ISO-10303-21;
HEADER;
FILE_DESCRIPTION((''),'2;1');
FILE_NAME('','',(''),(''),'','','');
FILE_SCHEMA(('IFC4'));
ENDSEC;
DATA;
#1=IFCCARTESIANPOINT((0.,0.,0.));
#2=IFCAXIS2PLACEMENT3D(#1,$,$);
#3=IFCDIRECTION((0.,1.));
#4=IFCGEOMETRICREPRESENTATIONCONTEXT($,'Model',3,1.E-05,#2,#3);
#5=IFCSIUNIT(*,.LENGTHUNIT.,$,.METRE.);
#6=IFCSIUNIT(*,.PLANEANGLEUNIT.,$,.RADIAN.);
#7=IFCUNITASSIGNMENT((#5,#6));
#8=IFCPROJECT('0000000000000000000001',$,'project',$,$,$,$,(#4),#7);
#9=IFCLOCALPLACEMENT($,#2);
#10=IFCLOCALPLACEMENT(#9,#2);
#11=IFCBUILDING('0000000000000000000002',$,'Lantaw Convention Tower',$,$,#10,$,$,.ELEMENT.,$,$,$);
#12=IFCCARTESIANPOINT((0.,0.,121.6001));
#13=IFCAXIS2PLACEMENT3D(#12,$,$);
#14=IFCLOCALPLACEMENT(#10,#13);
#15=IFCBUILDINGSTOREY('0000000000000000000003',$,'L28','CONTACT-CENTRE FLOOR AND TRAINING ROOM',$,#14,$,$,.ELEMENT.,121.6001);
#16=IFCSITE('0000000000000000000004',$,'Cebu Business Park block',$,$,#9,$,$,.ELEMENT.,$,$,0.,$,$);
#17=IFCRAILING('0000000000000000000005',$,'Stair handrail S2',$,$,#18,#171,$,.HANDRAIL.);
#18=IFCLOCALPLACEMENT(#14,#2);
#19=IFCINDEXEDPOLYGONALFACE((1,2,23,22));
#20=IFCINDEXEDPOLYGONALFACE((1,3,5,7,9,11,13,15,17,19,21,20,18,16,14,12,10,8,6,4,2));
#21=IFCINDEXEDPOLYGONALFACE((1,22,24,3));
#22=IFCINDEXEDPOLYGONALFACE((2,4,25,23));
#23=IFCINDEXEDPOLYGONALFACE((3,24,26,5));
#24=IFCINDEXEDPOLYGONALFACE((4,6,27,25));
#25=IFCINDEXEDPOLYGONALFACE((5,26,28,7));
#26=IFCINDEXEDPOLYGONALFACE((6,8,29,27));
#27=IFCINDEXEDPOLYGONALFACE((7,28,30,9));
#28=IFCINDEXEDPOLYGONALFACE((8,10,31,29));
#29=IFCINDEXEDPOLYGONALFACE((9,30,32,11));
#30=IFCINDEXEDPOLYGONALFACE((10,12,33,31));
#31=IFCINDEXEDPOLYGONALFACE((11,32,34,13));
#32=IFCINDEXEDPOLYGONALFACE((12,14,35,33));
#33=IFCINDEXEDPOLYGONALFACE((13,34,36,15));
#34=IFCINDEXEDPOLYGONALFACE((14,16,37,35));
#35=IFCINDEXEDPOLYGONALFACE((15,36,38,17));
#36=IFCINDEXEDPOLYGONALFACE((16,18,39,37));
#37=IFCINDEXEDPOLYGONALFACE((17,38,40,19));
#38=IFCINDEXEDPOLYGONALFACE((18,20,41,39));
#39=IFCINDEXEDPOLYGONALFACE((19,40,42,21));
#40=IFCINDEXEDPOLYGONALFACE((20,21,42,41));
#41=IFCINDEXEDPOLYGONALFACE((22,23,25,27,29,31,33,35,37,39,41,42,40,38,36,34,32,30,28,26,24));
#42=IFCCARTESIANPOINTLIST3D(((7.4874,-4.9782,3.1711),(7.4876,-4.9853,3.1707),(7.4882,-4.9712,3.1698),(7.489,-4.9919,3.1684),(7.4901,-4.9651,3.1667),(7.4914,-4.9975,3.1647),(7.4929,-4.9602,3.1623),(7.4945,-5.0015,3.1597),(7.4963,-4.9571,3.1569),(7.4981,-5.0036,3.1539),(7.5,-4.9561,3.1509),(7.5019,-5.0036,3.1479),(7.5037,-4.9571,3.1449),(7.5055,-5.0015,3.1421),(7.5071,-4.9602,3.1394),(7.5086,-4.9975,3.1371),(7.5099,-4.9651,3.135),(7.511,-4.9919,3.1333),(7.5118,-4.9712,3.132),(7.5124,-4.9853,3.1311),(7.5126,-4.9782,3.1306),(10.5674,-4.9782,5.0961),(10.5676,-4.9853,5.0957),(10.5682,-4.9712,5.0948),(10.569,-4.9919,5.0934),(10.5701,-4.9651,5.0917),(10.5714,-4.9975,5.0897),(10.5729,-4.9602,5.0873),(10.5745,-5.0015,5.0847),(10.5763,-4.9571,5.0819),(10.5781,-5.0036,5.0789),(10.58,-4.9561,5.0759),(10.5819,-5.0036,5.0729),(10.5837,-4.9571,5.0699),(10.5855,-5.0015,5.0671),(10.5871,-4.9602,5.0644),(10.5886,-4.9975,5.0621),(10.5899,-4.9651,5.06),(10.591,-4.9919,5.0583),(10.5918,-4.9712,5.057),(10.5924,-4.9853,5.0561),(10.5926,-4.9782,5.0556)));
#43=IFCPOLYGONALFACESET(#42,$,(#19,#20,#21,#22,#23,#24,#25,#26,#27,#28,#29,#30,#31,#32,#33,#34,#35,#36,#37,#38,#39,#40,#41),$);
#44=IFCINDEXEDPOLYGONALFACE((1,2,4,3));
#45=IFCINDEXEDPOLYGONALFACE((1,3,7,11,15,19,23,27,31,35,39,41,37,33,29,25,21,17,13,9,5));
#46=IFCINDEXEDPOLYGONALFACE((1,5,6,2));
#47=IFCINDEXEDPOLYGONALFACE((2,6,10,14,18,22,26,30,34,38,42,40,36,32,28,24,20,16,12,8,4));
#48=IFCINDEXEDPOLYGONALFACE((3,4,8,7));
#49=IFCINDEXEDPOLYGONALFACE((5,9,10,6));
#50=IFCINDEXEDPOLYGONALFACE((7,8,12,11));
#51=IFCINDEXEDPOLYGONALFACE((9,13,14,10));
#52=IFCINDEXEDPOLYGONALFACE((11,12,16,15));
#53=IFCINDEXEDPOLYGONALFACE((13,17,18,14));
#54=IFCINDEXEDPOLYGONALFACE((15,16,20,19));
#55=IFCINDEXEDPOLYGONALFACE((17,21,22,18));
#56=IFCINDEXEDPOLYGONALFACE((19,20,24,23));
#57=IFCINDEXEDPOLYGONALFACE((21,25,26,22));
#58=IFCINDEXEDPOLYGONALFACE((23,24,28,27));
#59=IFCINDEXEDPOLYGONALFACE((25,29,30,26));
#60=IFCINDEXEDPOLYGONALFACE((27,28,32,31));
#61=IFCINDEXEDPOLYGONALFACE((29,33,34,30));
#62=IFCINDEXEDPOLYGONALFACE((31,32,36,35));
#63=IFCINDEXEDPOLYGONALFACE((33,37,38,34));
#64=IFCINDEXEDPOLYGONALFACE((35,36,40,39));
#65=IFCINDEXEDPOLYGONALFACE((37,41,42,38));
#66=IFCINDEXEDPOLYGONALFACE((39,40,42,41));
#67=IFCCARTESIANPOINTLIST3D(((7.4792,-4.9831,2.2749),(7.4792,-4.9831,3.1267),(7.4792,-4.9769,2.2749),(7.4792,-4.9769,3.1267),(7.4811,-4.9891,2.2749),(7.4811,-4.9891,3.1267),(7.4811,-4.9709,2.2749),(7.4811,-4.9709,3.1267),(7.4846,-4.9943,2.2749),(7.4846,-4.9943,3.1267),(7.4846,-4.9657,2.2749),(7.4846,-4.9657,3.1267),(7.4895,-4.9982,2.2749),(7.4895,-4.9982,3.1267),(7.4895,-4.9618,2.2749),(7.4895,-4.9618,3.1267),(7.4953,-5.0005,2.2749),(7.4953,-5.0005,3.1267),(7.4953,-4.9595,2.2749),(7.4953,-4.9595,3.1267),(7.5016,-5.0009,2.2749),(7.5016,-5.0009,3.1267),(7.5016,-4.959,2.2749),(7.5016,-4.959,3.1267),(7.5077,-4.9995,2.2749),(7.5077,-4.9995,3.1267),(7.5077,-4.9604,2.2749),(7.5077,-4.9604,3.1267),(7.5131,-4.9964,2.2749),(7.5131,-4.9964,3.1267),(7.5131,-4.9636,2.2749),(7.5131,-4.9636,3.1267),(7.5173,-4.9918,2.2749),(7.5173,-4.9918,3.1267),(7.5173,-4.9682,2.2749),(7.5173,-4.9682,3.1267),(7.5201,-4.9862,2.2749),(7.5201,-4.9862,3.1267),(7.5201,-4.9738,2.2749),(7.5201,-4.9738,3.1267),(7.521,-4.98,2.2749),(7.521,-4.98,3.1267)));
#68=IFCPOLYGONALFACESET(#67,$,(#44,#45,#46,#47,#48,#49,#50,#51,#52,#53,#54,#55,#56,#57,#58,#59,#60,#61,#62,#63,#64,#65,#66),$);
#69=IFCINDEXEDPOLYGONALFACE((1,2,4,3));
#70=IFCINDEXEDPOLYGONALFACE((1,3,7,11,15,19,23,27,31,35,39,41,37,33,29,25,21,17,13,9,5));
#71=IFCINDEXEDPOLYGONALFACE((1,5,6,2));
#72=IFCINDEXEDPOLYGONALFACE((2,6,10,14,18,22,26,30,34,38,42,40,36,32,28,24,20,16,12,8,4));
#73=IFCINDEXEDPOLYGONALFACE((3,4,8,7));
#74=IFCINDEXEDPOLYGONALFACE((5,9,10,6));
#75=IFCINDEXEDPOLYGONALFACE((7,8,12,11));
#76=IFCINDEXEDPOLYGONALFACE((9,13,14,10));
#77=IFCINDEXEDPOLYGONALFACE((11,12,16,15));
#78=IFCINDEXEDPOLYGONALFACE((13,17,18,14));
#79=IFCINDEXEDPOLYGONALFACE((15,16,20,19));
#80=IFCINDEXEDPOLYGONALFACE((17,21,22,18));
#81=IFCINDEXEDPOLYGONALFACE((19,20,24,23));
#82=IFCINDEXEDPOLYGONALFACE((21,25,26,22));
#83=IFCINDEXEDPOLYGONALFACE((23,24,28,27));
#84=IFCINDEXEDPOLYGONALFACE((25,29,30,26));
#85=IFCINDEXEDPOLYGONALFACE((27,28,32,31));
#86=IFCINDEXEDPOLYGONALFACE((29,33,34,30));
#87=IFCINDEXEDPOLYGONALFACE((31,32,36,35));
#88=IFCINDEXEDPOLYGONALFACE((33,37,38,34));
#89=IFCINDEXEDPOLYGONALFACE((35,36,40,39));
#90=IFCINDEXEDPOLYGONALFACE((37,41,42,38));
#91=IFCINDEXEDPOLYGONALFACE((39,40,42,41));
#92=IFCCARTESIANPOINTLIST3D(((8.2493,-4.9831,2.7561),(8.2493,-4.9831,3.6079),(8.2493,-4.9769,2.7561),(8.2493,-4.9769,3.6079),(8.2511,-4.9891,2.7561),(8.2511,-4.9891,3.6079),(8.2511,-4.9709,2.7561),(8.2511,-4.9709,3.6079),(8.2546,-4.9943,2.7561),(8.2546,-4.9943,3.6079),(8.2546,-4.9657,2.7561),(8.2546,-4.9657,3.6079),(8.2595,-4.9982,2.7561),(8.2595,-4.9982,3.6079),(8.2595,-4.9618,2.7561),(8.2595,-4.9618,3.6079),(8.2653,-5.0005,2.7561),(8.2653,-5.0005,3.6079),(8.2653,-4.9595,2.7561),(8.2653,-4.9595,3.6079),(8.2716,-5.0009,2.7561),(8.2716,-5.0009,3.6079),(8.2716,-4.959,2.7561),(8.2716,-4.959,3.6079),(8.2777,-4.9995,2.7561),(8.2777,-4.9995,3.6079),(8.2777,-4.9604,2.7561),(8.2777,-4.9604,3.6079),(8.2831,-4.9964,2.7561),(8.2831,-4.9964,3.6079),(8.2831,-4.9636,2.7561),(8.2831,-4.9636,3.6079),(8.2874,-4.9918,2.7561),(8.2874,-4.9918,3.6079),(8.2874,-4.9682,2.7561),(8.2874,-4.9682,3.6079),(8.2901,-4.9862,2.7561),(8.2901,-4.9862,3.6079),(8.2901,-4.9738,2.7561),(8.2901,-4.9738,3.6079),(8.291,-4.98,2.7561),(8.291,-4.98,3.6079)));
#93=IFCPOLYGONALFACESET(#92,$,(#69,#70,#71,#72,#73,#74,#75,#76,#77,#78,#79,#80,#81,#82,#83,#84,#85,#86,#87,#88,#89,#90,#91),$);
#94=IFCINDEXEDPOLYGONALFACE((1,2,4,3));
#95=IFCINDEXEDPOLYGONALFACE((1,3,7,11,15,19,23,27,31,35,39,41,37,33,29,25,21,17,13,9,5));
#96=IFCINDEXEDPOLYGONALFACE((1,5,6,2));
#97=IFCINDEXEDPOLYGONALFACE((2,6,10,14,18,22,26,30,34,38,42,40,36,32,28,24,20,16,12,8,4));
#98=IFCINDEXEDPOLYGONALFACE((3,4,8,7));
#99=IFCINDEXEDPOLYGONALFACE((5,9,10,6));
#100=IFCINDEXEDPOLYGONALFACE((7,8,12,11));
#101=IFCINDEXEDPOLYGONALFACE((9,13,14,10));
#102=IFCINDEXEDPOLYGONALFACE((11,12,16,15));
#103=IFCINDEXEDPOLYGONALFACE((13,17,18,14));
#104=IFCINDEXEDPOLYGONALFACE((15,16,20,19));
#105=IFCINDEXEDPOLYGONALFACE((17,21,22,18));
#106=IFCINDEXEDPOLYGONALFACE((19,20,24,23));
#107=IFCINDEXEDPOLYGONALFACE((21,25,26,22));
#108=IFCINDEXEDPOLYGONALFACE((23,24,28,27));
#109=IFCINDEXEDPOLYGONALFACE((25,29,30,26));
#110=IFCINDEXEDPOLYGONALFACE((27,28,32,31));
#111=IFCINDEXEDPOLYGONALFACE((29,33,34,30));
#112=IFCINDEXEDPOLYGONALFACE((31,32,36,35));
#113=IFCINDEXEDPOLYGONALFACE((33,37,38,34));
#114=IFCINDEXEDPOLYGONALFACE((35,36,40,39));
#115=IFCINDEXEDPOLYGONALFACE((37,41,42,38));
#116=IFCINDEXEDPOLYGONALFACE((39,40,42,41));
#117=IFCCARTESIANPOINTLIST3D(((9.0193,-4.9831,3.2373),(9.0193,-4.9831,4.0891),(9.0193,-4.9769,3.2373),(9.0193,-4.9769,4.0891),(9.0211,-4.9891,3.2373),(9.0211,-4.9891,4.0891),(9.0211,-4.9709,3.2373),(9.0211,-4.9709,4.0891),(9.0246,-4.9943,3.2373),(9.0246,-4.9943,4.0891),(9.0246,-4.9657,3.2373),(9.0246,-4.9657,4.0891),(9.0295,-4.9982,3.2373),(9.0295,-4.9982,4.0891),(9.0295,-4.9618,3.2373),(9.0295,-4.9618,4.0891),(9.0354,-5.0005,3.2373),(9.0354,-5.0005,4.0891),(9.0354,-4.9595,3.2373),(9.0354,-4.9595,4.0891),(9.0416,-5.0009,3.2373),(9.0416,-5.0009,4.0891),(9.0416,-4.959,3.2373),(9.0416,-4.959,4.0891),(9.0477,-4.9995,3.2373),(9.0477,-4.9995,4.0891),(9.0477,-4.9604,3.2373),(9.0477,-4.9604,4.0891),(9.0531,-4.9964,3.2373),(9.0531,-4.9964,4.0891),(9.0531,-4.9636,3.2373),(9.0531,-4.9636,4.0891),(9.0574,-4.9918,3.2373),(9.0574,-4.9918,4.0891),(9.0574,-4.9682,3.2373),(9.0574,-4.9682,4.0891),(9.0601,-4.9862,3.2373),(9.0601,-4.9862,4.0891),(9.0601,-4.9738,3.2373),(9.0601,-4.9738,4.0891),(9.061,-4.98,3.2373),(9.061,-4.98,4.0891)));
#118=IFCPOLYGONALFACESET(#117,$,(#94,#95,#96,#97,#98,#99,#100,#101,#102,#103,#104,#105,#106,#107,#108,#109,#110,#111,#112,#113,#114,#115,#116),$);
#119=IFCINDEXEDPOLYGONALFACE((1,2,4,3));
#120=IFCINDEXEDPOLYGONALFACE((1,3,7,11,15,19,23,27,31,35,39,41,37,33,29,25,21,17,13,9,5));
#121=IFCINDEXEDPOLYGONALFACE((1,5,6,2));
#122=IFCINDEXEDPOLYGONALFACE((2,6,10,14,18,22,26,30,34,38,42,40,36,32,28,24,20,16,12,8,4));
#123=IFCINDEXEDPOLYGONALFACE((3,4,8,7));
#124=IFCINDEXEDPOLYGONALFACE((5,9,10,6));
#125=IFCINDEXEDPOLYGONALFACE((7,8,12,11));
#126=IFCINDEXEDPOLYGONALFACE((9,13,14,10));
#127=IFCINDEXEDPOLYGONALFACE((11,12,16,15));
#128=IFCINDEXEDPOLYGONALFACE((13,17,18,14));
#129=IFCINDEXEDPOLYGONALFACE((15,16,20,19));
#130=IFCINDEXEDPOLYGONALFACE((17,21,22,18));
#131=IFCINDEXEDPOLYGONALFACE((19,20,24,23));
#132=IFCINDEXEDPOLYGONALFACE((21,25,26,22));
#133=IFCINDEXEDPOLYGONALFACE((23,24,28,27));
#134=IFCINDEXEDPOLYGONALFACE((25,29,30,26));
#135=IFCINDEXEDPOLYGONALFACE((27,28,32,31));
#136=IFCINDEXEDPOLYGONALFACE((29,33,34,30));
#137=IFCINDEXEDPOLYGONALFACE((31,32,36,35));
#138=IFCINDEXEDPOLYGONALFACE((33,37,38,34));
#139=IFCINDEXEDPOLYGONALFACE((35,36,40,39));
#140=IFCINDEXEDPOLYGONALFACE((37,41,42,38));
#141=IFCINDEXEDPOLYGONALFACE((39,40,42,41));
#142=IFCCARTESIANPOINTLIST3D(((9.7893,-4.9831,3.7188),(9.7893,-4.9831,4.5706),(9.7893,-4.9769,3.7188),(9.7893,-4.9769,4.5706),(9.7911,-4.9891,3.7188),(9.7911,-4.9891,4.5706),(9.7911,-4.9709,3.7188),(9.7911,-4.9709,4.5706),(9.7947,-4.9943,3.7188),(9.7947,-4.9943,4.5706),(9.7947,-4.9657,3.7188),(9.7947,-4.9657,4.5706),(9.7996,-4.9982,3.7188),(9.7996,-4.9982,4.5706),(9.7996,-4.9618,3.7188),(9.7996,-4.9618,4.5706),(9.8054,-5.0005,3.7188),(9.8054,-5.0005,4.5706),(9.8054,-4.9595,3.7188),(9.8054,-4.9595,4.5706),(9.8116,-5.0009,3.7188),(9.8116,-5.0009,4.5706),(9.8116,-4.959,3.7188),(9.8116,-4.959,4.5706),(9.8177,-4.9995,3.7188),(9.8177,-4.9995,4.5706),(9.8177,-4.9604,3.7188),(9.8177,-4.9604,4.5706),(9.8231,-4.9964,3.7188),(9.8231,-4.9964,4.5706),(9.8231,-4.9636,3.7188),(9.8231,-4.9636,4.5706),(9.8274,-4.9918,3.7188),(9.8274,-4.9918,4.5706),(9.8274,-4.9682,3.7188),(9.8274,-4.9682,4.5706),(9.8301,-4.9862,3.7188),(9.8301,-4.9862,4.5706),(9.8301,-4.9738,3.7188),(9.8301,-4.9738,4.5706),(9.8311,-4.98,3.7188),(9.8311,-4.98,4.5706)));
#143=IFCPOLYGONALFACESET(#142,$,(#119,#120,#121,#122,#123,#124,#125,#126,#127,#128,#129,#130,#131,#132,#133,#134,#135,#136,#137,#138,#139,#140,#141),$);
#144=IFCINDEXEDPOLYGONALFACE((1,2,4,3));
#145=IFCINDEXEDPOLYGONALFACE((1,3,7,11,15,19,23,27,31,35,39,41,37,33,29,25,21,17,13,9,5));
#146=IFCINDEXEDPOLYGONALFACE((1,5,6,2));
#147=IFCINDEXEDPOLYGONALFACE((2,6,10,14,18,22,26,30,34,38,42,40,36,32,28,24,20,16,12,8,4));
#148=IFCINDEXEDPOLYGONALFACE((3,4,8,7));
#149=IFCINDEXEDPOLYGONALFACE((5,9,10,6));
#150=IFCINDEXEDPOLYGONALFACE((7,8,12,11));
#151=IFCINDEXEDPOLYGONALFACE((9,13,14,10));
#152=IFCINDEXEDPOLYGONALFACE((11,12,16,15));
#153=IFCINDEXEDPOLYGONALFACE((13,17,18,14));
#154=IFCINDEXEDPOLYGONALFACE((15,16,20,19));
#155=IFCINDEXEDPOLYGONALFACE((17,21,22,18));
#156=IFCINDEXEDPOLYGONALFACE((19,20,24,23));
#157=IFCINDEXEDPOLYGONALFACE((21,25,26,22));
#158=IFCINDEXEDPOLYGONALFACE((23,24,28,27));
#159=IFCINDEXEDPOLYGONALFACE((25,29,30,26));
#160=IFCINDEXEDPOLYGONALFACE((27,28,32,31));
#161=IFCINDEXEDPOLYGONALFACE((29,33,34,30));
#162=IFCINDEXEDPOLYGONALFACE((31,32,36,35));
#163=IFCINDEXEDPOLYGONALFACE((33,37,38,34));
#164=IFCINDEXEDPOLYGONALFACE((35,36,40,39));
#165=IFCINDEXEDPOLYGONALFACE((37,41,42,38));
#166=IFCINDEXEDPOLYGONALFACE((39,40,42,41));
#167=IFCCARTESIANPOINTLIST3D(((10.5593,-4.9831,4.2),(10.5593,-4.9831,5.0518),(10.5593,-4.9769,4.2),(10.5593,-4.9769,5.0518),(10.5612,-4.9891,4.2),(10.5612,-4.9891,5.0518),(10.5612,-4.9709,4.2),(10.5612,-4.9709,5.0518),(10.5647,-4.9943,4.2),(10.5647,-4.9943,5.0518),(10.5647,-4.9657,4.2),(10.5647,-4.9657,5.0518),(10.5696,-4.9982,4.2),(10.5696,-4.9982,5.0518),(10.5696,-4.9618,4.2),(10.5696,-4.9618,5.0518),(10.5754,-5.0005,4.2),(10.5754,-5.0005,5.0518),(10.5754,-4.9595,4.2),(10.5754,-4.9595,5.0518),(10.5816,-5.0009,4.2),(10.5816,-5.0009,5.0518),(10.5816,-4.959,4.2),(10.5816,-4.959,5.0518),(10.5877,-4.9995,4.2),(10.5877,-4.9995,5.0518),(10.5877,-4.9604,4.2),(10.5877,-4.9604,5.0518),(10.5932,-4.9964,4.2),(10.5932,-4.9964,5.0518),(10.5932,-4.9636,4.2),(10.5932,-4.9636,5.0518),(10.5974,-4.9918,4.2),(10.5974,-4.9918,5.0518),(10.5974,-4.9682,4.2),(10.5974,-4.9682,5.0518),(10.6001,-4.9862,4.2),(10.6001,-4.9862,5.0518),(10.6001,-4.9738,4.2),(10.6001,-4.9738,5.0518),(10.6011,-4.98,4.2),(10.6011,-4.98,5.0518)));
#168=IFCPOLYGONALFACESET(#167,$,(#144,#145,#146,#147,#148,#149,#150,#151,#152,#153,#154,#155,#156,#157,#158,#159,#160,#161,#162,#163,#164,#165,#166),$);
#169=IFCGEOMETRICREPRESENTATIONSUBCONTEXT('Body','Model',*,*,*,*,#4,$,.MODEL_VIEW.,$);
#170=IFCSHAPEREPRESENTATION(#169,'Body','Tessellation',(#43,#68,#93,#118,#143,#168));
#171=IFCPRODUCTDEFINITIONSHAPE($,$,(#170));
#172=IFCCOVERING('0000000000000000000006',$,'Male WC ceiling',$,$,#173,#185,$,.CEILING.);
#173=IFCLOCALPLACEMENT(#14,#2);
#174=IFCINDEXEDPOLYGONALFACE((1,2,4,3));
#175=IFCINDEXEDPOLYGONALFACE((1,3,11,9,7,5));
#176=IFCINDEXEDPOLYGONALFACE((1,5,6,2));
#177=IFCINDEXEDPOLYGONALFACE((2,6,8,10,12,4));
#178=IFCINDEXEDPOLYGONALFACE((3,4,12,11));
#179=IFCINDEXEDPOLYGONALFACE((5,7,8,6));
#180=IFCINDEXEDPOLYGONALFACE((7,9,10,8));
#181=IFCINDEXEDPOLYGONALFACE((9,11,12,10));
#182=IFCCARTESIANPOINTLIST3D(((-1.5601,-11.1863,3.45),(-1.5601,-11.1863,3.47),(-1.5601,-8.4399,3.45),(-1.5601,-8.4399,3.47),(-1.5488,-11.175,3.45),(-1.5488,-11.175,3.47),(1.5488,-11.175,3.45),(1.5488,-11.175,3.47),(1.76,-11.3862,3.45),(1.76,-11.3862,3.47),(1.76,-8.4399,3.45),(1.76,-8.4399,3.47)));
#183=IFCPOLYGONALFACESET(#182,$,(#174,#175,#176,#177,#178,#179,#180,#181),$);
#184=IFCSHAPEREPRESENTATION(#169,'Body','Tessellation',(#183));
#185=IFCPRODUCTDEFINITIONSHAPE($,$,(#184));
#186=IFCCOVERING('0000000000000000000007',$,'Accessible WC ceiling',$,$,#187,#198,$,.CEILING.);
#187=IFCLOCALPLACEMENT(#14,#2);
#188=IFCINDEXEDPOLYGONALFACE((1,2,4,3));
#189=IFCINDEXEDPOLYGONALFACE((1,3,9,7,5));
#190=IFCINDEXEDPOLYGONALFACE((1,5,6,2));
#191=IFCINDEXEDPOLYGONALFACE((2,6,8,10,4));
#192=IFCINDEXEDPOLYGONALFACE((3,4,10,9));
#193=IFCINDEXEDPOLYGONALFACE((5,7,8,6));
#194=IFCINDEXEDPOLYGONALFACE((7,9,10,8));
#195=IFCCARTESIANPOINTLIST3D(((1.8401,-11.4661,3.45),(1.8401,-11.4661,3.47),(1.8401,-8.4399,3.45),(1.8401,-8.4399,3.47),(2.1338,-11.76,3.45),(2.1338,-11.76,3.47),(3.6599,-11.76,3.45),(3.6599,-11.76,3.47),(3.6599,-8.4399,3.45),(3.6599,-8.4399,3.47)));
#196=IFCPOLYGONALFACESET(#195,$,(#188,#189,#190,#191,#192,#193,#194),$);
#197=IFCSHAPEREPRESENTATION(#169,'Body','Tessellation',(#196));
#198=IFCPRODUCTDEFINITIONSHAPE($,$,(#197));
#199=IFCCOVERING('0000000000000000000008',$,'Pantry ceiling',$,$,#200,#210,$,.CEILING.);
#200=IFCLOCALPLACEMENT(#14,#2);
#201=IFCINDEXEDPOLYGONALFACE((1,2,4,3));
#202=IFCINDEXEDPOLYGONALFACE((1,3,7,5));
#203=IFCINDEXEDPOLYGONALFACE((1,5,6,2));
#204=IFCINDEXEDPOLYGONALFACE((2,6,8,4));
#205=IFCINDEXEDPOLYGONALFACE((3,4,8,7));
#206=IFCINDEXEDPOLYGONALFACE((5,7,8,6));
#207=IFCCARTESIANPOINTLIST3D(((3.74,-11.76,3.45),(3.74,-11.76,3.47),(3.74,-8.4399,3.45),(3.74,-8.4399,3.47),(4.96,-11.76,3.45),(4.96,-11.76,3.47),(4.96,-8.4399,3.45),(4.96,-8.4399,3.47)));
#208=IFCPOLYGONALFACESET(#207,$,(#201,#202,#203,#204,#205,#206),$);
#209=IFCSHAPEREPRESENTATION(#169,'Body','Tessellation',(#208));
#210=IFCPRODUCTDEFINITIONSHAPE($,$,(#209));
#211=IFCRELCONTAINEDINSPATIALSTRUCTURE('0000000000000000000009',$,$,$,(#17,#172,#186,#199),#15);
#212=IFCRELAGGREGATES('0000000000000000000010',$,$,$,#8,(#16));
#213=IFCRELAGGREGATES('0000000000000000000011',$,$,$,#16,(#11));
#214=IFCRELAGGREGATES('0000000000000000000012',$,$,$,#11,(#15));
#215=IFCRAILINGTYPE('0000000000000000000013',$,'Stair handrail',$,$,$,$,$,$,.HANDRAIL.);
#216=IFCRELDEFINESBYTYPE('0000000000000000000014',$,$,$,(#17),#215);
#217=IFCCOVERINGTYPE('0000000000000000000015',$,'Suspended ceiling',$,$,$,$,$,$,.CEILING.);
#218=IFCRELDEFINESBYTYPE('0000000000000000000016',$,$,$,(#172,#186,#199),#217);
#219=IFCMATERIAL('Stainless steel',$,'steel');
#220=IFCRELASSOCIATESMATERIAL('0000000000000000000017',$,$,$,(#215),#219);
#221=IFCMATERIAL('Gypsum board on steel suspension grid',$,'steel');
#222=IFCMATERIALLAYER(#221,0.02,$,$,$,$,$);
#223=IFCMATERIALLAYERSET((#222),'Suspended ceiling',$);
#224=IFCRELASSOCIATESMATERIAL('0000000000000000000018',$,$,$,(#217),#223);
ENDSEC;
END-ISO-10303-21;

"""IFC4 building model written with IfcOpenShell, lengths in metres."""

from ifc_helpers import new_model, si_unit, direction, frame, origin, origin_2d, place, context, subcontext, project, spatial, polyline, circle, outline, extrude, material, layer, layer_set, type_object, element, save


model = new_model("IFC4")

# Units and contexts
model_context = context("Model", 3, precision=1e-05, world=origin(), true_north=direction((0.0, 1.0)))
body_context = subcontext(model_context, "Body", "Model", "MODEL_VIEW")
ifc_project = project(units=[si_unit("LENGTHUNIT", "METRE"), si_unit("PLANEANGLEUNIT", "RADIAN")], contexts=[model_context])

# Site, building, storey
site_placement = place(None, origin())
site = spatial("IfcSite", under=ifc_project, at=site_placement, Name="Cebu Business Park block", CompositionType="ELEMENT", RefElevation=0.0)
building_placement = place(site_placement, origin())
building = spatial("IfcBuilding", under=site, at=building_placement, Name="Lantaw Convention Tower", CompositionType="ELEMENT")
storey_placement = place(building_placement, frame((0.0, 0.0, 121.6001)))
storey = spatial("IfcBuildingStorey", under=building, at=storey_placement, Name="L28", Description="CONTACT-CENTRE FLOOR AND TRAINING ROOM", CompositionType="ELEMENT", Elevation=121.6001)

# Railing
ifc_material_1 = material(Name="Stainless steel", Category="steel")
railing_type = type_object("IfcRailingType", Name="Stair handrail", PredefinedType="HANDRAIL", material=ifc_material_1)
railing_1_placement = place(storey_placement, frame((7.5, -4.98, 2.2749)))
element("IfcRailing", 1, at=railing_1_placement, inside=storey, type_object=railing_type, Name="Stair handrail S2", PredefinedType="HANDRAIL", context=body_context, shape_type="SweptSolid", body=[
    extrude(circle(Radius=0.0239, at=origin_2d()), frame((0.0, 0.0, 0.876), z_axis=(0.847998, 0.0, 0.529999), x_axis=(0.0, 1.0, 0.0)), (0.0, 0.0, 1.0), 3.6321),
    extrude(circle(Radius=0.021, at=origin_2d()), origin(), (0.0, 0.0, 1.0), 0.8518),
    extrude(circle(Radius=0.021, at=origin_2d()), frame((0.77, 0.0, 0.4812)), (0.0, 0.0, 1.0), 0.8518),
    extrude(circle(Radius=0.021, at=origin_2d()), frame((1.54, 0.0, 0.9624)), (0.0, 0.0, 1.0), 0.8518),
    extrude(circle(Radius=0.021, at=origin_2d()), frame((2.3101, 0.0, 1.4438)), (0.0, 0.0, 1.0), 0.8518),
    extrude(circle(Radius=0.021, at=origin_2d()), frame((3.0801, 0.0, 1.925)), (0.0, 0.0, 1.0), 0.8518),
])

# Coverings
ifc_material_2 = material(Name="Gypsum board on steel suspension grid", Category="steel")
ifc_layer_1 = layer(ifc_material_2, 0.02)
ifc_layer_set_1 = layer_set([ifc_layer_1], Name="Suspended ceiling")
covering_type = type_object("IfcCoveringType", Name="Suspended ceiling", PredefinedType="CEILING", material=ifc_layer_set_1)
covering_1_placement = place(storey_placement, frame((0.0, 0.0, 3.45)))
element("IfcCovering", 2, at=covering_1_placement, inside=storey, type_object=covering_type, Name="Male WC ceiling", PredefinedType="CEILING", context=body_context, shape_type="SweptSolid", body=[
    extrude(outline(polyline([(-1.5601, -11.1863), (-1.5488, -11.175), (1.5488, -11.175), (1.76, -11.3862), (1.76, -8.4399), (-1.5601, -8.4399), (-1.5601, -11.1863)])), origin(), (0.0, 0.0, 1.0), 0.02),
])
covering_2_placement = place(storey_placement, frame((0.0, 0.0, 3.45)))
element("IfcCovering", 3, at=covering_2_placement, inside=storey, type_object=covering_type, Name="Accessible WC ceiling", PredefinedType="CEILING", context=body_context, shape_type="SweptSolid", body=[
    extrude(outline(polyline([(1.8401, -8.4399), (1.8401, -11.4661), (2.1338, -11.76), (3.6599, -11.76), (3.6599, -8.4399), (1.8401, -8.4399)])), origin(), (0.0, 0.0, 1.0), 0.02),
])
covering_3_placement = place(storey_placement, frame((0.0, 0.0, 3.45)))
element("IfcCovering", 4, at=covering_3_placement, inside=storey, type_object=covering_type, Name="Pantry ceiling", PredefinedType="CEILING", context=body_context, shape_type="SweptSolid", body=[
    extrude(outline(polyline([(3.74, -11.76), (4.96, -11.76), (4.96, -8.4399), (3.74, -8.4399), (3.74, -11.76)])), origin(), (0.0, 0.0, 1.0), 0.02),
])

save(model, "model.ifc")
